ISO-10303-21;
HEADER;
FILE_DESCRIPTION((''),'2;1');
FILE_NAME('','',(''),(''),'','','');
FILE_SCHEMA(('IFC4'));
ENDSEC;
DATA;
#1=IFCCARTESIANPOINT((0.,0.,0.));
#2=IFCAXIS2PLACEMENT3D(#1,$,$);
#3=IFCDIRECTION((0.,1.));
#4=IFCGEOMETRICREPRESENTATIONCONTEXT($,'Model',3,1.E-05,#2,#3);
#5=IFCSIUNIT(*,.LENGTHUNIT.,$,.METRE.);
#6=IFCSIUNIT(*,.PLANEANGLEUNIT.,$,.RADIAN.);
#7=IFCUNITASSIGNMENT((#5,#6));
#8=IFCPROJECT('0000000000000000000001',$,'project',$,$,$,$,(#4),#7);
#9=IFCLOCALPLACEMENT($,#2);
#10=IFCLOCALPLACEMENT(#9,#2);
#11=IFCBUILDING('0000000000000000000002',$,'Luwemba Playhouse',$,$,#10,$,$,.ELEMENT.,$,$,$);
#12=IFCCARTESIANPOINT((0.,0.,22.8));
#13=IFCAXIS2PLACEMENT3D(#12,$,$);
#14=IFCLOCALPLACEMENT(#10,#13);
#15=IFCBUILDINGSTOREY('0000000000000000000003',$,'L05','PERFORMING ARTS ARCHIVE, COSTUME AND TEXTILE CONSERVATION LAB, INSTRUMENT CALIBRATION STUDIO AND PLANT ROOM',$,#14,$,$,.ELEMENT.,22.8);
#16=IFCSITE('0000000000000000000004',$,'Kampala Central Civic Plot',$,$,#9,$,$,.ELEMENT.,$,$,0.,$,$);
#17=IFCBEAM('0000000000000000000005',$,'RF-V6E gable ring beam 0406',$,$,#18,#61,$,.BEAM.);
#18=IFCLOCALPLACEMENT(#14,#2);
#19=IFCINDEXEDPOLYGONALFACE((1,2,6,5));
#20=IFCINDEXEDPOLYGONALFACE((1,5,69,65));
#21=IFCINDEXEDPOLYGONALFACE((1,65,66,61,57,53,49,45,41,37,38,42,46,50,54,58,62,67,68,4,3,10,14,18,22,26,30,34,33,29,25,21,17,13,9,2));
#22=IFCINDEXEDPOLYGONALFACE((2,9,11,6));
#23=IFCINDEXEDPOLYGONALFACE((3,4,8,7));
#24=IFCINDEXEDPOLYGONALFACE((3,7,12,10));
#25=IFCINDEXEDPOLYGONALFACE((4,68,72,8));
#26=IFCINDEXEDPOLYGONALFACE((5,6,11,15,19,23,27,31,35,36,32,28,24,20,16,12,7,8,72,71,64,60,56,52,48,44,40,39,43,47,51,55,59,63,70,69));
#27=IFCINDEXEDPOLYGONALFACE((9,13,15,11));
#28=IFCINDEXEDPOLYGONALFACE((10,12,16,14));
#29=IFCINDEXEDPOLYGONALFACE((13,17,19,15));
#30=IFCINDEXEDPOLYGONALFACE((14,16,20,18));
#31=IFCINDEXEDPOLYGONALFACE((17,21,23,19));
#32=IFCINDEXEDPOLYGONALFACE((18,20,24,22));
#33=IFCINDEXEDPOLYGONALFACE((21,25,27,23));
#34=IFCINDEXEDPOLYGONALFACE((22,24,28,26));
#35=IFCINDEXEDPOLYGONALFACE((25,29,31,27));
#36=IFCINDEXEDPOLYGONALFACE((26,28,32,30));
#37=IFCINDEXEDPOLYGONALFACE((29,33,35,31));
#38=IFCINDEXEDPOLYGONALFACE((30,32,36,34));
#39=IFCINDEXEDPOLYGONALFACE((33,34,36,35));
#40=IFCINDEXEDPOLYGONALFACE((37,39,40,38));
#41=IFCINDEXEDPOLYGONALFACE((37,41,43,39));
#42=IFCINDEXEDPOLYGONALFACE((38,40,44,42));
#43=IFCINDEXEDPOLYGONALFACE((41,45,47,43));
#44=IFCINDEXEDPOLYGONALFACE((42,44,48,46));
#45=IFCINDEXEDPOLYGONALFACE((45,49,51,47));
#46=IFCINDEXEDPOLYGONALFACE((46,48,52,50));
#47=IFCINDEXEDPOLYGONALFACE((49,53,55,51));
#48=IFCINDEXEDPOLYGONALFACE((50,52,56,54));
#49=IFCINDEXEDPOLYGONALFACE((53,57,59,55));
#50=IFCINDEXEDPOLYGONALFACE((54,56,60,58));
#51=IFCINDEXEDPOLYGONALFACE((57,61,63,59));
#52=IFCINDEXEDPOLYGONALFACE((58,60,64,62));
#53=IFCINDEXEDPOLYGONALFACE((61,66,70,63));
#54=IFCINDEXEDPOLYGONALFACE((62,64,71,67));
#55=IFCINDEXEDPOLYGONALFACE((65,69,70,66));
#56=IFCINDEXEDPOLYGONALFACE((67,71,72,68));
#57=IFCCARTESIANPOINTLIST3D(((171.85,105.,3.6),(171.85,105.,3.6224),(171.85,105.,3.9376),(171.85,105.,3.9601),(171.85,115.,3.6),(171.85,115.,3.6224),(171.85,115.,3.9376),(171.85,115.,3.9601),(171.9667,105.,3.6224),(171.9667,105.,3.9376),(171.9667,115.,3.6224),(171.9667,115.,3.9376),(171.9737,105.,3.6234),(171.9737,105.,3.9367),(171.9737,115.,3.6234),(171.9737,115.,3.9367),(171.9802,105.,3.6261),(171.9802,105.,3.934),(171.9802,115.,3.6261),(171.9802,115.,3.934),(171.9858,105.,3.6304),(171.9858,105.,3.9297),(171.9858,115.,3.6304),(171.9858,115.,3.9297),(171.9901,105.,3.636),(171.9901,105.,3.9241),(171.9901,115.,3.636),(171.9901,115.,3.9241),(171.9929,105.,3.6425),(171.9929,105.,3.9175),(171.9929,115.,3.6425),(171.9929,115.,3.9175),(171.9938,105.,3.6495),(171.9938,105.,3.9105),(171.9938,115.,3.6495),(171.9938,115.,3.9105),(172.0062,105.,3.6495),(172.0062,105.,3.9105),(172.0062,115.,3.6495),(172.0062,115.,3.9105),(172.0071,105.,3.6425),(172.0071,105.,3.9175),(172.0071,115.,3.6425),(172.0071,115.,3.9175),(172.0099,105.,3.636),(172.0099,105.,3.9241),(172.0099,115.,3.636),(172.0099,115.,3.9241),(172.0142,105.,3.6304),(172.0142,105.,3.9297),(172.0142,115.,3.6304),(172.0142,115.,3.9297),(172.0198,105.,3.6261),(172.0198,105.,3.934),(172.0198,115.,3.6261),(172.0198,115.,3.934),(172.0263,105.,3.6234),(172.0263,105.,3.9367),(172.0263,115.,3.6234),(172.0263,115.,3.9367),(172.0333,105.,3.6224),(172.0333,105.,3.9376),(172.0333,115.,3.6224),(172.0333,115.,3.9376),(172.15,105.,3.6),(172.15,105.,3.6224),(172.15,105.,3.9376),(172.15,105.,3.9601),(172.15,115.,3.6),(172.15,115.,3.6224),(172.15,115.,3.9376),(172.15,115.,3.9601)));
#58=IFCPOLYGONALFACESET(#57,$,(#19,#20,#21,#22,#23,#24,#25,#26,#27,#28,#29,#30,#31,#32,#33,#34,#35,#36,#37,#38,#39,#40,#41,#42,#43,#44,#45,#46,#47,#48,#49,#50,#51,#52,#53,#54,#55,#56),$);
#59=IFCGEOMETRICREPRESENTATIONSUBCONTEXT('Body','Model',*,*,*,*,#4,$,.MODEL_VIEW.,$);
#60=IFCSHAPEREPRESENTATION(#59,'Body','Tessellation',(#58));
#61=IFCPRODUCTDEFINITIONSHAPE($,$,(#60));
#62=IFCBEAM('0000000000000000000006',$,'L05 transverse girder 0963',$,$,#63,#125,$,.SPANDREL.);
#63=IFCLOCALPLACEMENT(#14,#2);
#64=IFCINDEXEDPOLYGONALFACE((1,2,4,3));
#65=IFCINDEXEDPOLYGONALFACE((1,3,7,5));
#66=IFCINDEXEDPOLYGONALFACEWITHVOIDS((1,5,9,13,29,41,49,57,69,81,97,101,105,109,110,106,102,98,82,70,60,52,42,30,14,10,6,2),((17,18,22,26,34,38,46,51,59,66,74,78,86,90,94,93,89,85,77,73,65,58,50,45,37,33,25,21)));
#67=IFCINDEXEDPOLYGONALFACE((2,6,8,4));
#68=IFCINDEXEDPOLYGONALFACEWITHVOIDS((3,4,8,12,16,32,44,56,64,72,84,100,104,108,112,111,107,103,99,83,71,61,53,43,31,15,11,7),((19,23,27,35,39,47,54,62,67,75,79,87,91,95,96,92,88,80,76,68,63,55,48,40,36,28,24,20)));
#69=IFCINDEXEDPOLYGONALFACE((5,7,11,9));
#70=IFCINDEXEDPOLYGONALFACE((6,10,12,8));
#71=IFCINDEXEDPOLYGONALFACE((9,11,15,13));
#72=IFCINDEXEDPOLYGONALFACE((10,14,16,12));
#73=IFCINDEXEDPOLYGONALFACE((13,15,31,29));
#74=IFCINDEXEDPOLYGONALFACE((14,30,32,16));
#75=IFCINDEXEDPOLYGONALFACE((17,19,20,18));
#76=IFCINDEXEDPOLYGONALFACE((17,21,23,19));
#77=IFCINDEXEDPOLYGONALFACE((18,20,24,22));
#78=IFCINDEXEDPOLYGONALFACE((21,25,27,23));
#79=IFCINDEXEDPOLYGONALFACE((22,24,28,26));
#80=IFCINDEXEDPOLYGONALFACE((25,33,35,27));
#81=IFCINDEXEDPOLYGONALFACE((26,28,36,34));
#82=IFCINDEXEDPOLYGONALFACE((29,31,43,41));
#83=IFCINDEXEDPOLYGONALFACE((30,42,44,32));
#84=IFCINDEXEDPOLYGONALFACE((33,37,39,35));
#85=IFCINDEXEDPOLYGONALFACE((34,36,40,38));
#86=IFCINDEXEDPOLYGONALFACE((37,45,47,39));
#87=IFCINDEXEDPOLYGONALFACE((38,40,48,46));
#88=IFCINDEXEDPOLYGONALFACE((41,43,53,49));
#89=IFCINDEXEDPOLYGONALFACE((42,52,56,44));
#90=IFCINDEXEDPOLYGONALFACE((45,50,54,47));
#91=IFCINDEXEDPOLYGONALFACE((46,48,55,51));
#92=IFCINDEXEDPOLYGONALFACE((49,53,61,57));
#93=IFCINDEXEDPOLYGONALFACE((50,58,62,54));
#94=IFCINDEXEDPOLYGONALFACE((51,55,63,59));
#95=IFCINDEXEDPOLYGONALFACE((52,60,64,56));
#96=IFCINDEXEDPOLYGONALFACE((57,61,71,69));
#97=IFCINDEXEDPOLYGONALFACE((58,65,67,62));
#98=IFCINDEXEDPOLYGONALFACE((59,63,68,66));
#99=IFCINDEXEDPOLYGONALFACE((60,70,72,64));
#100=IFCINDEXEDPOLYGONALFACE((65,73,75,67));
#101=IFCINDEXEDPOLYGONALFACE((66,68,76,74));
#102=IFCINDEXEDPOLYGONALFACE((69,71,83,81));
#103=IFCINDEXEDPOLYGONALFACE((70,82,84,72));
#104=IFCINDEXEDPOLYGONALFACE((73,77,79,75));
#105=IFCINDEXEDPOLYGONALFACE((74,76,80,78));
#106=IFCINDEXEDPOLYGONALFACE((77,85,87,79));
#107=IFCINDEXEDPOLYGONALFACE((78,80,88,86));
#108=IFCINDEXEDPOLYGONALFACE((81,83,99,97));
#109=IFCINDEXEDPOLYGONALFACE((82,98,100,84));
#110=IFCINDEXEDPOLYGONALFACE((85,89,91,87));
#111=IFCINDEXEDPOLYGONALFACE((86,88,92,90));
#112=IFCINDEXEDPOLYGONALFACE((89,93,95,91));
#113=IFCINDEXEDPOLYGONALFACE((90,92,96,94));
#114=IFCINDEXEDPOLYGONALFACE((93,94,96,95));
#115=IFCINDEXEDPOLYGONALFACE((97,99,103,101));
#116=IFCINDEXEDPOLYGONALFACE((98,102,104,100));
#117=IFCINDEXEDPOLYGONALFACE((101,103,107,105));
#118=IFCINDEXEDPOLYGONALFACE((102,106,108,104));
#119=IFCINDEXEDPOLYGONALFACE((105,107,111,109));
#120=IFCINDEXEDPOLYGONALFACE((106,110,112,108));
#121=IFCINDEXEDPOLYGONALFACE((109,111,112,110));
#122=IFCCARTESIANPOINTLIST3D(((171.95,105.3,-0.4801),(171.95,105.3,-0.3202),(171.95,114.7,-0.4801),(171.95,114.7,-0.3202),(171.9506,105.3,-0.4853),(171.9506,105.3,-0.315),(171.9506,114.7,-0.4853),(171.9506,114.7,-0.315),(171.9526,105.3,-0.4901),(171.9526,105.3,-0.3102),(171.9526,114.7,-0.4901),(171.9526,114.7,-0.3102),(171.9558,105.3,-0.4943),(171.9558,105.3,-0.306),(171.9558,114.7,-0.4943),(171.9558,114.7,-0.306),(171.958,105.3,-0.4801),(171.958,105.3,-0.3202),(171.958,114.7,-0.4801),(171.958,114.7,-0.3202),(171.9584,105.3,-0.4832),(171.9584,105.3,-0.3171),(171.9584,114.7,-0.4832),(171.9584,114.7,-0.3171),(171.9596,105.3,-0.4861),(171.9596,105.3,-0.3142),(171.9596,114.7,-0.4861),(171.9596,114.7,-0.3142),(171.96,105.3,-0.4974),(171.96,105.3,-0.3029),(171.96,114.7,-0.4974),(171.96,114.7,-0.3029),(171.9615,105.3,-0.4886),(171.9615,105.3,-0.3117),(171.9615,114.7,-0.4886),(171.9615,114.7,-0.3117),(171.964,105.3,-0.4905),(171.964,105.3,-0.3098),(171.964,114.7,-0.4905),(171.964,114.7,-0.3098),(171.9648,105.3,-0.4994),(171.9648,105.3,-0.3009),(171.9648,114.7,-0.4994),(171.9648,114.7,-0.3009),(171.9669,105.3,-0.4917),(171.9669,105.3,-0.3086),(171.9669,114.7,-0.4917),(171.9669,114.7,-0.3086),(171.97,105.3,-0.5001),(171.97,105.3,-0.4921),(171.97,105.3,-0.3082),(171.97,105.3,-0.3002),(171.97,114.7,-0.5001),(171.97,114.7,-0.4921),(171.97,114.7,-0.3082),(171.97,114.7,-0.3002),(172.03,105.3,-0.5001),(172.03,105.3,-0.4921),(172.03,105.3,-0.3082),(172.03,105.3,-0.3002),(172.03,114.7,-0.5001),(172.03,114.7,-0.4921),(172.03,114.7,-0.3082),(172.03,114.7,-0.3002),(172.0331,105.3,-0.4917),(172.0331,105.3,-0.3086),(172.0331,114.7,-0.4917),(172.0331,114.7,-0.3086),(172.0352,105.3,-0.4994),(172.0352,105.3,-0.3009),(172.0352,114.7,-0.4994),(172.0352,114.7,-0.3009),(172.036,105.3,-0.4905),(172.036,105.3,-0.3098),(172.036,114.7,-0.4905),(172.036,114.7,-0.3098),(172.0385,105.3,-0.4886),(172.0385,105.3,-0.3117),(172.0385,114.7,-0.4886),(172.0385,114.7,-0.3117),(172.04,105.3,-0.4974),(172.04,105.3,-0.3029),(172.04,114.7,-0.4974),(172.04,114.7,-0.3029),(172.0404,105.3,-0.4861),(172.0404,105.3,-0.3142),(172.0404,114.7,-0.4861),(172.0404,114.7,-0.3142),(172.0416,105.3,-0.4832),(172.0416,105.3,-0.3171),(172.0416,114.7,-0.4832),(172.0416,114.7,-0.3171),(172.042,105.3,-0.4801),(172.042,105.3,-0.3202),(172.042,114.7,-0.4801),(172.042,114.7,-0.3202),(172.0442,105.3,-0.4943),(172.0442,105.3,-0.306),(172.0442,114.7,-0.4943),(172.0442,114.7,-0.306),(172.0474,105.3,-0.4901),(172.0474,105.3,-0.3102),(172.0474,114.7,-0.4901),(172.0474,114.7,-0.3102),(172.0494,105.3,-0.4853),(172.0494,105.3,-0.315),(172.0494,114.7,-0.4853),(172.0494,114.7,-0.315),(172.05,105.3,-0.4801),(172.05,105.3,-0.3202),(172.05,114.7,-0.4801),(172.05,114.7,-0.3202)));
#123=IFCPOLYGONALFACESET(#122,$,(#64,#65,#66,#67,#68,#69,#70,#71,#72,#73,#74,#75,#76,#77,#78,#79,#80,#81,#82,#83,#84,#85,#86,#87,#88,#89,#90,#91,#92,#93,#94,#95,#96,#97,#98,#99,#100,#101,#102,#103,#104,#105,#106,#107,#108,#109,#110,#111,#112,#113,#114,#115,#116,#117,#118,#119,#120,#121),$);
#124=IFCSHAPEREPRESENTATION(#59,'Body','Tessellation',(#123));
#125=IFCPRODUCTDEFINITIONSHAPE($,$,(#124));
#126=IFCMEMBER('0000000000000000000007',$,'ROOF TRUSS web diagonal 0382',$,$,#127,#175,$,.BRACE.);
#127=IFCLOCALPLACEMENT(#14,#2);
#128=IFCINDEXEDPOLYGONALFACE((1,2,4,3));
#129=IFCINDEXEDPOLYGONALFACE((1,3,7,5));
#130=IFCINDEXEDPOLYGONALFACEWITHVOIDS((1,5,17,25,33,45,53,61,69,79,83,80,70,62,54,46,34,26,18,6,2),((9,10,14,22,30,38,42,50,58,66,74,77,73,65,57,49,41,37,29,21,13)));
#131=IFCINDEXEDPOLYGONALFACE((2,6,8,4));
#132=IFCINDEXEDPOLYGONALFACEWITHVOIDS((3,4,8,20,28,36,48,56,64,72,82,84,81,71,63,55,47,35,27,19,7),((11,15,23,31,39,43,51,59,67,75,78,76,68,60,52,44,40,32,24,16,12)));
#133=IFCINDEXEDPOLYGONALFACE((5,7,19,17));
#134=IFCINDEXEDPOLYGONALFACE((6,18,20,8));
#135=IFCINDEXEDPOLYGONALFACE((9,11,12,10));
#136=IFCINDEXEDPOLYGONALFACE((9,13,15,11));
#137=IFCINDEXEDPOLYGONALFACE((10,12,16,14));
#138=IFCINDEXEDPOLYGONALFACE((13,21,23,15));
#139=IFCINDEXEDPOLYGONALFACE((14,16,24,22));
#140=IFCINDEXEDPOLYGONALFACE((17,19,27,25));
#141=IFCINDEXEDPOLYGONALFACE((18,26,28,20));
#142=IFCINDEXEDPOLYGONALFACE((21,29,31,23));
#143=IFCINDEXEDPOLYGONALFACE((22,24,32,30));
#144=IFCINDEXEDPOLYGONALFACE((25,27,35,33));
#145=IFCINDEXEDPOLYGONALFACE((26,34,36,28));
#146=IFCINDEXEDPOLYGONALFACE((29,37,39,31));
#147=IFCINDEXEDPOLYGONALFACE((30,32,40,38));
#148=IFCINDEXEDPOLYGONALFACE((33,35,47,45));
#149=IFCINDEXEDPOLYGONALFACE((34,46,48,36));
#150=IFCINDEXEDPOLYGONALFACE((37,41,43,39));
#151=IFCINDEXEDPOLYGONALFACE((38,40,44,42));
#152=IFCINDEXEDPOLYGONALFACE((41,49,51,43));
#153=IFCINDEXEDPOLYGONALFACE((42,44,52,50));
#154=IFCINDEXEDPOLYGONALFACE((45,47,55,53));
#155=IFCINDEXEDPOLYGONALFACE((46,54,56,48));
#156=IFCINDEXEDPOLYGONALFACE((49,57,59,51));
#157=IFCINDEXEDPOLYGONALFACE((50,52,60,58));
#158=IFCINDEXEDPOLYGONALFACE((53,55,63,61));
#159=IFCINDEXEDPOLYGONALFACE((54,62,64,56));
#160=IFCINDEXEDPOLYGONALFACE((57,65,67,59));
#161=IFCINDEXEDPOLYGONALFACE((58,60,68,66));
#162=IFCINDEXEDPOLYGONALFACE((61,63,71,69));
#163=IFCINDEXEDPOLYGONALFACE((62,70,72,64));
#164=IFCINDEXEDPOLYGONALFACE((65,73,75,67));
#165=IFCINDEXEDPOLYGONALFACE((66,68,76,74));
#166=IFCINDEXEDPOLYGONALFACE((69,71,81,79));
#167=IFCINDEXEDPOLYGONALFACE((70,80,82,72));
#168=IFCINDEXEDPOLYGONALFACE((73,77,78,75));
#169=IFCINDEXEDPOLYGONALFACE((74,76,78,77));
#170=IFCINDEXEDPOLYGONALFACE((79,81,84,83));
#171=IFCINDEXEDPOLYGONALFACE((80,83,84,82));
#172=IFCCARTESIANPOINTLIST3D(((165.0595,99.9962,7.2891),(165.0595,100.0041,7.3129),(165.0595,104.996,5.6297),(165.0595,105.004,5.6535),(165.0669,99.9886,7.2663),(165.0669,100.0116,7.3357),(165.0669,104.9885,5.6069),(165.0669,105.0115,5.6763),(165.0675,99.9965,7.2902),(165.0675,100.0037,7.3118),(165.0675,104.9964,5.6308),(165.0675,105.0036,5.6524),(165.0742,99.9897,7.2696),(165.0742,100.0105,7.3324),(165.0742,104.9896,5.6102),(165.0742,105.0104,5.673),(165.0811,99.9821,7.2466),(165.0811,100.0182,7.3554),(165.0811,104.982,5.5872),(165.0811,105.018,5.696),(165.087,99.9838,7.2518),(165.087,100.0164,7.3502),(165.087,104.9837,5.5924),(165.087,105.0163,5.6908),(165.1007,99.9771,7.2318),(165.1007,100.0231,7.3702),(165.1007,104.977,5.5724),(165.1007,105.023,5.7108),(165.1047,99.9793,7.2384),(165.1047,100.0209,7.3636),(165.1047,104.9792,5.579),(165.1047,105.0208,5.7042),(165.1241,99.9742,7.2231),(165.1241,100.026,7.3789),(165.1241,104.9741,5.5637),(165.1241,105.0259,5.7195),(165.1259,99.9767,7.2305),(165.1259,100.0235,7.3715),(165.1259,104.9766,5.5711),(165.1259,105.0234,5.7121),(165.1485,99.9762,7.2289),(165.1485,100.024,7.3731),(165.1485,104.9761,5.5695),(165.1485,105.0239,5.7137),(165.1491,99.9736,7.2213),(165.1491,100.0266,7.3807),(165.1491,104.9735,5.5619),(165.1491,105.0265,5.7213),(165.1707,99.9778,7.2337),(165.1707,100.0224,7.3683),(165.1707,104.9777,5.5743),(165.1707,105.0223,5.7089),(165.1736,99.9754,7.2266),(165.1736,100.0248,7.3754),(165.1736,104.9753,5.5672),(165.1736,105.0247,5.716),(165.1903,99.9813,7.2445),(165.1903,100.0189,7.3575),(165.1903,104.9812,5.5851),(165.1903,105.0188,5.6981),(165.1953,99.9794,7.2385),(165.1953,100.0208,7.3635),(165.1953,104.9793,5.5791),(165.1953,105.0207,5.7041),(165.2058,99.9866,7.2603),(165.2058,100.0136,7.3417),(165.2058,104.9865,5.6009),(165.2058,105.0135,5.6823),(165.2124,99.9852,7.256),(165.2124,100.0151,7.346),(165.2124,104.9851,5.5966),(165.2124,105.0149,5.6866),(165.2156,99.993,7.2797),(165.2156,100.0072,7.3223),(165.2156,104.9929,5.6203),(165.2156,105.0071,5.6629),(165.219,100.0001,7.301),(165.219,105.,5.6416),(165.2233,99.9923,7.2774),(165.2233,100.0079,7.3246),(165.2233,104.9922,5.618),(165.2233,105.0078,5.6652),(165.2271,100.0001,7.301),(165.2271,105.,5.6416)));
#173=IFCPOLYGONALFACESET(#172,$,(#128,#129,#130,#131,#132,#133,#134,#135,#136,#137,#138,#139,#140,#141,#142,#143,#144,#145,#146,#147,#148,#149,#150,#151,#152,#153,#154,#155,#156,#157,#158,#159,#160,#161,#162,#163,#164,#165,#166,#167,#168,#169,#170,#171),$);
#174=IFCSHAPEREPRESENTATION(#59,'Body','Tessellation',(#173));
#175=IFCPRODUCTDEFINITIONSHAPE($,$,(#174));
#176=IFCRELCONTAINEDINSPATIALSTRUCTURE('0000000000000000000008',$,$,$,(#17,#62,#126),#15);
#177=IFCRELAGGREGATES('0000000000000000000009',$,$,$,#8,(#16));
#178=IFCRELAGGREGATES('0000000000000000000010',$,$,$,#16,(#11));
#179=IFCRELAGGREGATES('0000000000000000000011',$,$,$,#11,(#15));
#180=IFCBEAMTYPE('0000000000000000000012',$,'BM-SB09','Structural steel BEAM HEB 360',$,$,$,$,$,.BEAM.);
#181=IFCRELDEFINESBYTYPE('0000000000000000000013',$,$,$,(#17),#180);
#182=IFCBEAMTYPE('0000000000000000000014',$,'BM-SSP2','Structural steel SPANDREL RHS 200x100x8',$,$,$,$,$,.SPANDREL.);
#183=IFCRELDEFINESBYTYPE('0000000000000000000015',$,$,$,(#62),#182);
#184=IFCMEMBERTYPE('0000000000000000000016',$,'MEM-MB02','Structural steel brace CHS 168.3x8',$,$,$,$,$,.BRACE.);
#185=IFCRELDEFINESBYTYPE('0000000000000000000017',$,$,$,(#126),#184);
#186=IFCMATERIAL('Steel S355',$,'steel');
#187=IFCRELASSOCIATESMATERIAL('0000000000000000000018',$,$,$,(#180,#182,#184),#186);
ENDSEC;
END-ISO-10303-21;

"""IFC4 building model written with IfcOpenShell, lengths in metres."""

from ifc_helpers import new_model, si_unit, direction, frame, origin, origin_2d, place, context, subcontext, project, spatial, hollow_rectangle, hollow_circle, i_section, extrude, material, material_profile, profile_set, type_object, element, save


model = new_model("IFC4")

# Units and contexts
model_context = context("Model", 3, precision=1e-05, world=origin(), true_north=direction((0.0, 1.0)))
body_context = subcontext(model_context, "Body", "Model", "MODEL_VIEW")
ifc_project = project(units=[si_unit("LENGTHUNIT", "METRE"), si_unit("PLANEANGLEUNIT", "RADIAN")], contexts=[model_context])

# Site, building, storey
site_placement = place(None, origin())
site = spatial("IfcSite", under=ifc_project, at=site_placement, Name="Kampala Central Civic Plot", CompositionType="ELEMENT", RefElevation=0.0)
building_placement = place(site_placement, origin())
building = spatial("IfcBuilding", under=site, at=building_placement, Name="Luwemba Playhouse", CompositionType="ELEMENT")
storey_placement = place(building_placement, frame((0.0, 0.0, 22.8)))
storey = spatial("IfcBuildingStorey", under=building, at=storey_placement, Name="L05", Description="PERFORMING ARTS ARCHIVE, COSTUME AND TEXTILE CONSERVATION LAB, INSTRUMENT CALIBRATION STUDIO AND PLANT ROOM", CompositionType="ELEMENT", Elevation=22.8)

# Shared definitions
ifc_material_1 = material(Name="Steel S355", Category="steel")

# Beams
ifc_material_profile_1 = material_profile(ifc_material_1, i_section(OverallWidth=0.3, OverallDepth=0.3601, WebThickness=0.0125, FlangeThickness=0.0225, FilletRadius=0.0271, at=origin_2d()))
ifc_profile_set_1 = profile_set([ifc_material_profile_1], Name="Steel S355")
beam_type_1 = type_object("IfcBeamType", Name="BM-SB09", Description="Structural steel BEAM HEB 360", PredefinedType="BEAM", material=ifc_profile_set_1)
beam_1_placement = place(storey_placement, frame((172.0, 105.0, 3.78), z_axis=(0.0, 1.0, 0.0), x_axis=(-1.0, 0.0, 0.0)))
element("IfcBeam", 1, at=beam_1_placement, inside=storey, type_object=beam_type_1, Name="RF-V6E gable ring beam 0406", PredefinedType="BEAM", context=body_context, shape_type="SweptSolid", body=[
    extrude(i_section(OverallWidth=0.3, OverallDepth=0.3601, WebThickness=0.0125, FlangeThickness=0.0225, FilletRadius=0.0271, at=origin_2d()), origin(), (0.0, 0.0, 1.0), 10.0),
])
ifc_material_profile_2 = material_profile(ifc_material_1, hollow_rectangle(XDim=0.1001, YDim=0.2, WallThickness=0.0081, InnerFilletRadius=0.012, OuterFilletRadius=0.02, at=origin_2d()))
ifc_profile_set_2 = profile_set([ifc_material_profile_2], Name="Steel S355")
beam_type_2 = type_object("IfcBeamType", Name="BM-SSP2", Description="Structural steel SPANDREL RHS 200x100x8", PredefinedType="SPANDREL", material=ifc_profile_set_2)
beam_2_placement = place(storey_placement, frame((172.0, 105.3, -0.4001), z_axis=(0.0, 1.0, 0.0), x_axis=(-1.0, 0.0, 0.0)))
element("IfcBeam", 2, at=beam_2_placement, inside=storey, type_object=beam_type_2, Name="L05 transverse girder 0963", PredefinedType="SPANDREL", context=body_context, shape_type="SweptSolid", body=[
    extrude(hollow_rectangle(XDim=0.1001, YDim=0.2, WallThickness=0.0081, InnerFilletRadius=0.012, OuterFilletRadius=0.02, at=origin_2d()), origin(), (0.0, 0.0, 1.0), 9.3999),
])

# Member
ifc_material_profile_3 = material_profile(ifc_material_1, hollow_circle(Radius=0.0842, WallThickness=0.0081, at=origin_2d()))
ifc_profile_set_3 = profile_set([ifc_material_profile_3], Name="Steel S355")
member_type_1 = type_object("IfcMemberType", Name="MEM-MB02", Description="Structural steel brace CHS 168.3x8", PredefinedType="BRACE", material=ifc_profile_set_3)
for number, where, z_axis, x_axis, name in (
    (3, (165.1428, 105.0, 5.6416), (0.0, -0.949095, 0.31499), (1.0, 0.0, 0.0), "ROOF TRUSS web diagonal 0382"),
):
    element("IfcMember", number, at=place(storey_placement, frame(where, z_axis=z_axis, x_axis=x_axis)), inside=storey, type_object=member_type_1, Name=name, PredefinedType="BRACE", context=body_context, shape_type="SweptSolid", body=[
        extrude(hollow_circle(Radius=0.0842, WallThickness=0.0081, at=origin_2d()), origin(), (0.0, 0.0, 1.0), 5.2681),
    ])

save(model, "model.ifc")
